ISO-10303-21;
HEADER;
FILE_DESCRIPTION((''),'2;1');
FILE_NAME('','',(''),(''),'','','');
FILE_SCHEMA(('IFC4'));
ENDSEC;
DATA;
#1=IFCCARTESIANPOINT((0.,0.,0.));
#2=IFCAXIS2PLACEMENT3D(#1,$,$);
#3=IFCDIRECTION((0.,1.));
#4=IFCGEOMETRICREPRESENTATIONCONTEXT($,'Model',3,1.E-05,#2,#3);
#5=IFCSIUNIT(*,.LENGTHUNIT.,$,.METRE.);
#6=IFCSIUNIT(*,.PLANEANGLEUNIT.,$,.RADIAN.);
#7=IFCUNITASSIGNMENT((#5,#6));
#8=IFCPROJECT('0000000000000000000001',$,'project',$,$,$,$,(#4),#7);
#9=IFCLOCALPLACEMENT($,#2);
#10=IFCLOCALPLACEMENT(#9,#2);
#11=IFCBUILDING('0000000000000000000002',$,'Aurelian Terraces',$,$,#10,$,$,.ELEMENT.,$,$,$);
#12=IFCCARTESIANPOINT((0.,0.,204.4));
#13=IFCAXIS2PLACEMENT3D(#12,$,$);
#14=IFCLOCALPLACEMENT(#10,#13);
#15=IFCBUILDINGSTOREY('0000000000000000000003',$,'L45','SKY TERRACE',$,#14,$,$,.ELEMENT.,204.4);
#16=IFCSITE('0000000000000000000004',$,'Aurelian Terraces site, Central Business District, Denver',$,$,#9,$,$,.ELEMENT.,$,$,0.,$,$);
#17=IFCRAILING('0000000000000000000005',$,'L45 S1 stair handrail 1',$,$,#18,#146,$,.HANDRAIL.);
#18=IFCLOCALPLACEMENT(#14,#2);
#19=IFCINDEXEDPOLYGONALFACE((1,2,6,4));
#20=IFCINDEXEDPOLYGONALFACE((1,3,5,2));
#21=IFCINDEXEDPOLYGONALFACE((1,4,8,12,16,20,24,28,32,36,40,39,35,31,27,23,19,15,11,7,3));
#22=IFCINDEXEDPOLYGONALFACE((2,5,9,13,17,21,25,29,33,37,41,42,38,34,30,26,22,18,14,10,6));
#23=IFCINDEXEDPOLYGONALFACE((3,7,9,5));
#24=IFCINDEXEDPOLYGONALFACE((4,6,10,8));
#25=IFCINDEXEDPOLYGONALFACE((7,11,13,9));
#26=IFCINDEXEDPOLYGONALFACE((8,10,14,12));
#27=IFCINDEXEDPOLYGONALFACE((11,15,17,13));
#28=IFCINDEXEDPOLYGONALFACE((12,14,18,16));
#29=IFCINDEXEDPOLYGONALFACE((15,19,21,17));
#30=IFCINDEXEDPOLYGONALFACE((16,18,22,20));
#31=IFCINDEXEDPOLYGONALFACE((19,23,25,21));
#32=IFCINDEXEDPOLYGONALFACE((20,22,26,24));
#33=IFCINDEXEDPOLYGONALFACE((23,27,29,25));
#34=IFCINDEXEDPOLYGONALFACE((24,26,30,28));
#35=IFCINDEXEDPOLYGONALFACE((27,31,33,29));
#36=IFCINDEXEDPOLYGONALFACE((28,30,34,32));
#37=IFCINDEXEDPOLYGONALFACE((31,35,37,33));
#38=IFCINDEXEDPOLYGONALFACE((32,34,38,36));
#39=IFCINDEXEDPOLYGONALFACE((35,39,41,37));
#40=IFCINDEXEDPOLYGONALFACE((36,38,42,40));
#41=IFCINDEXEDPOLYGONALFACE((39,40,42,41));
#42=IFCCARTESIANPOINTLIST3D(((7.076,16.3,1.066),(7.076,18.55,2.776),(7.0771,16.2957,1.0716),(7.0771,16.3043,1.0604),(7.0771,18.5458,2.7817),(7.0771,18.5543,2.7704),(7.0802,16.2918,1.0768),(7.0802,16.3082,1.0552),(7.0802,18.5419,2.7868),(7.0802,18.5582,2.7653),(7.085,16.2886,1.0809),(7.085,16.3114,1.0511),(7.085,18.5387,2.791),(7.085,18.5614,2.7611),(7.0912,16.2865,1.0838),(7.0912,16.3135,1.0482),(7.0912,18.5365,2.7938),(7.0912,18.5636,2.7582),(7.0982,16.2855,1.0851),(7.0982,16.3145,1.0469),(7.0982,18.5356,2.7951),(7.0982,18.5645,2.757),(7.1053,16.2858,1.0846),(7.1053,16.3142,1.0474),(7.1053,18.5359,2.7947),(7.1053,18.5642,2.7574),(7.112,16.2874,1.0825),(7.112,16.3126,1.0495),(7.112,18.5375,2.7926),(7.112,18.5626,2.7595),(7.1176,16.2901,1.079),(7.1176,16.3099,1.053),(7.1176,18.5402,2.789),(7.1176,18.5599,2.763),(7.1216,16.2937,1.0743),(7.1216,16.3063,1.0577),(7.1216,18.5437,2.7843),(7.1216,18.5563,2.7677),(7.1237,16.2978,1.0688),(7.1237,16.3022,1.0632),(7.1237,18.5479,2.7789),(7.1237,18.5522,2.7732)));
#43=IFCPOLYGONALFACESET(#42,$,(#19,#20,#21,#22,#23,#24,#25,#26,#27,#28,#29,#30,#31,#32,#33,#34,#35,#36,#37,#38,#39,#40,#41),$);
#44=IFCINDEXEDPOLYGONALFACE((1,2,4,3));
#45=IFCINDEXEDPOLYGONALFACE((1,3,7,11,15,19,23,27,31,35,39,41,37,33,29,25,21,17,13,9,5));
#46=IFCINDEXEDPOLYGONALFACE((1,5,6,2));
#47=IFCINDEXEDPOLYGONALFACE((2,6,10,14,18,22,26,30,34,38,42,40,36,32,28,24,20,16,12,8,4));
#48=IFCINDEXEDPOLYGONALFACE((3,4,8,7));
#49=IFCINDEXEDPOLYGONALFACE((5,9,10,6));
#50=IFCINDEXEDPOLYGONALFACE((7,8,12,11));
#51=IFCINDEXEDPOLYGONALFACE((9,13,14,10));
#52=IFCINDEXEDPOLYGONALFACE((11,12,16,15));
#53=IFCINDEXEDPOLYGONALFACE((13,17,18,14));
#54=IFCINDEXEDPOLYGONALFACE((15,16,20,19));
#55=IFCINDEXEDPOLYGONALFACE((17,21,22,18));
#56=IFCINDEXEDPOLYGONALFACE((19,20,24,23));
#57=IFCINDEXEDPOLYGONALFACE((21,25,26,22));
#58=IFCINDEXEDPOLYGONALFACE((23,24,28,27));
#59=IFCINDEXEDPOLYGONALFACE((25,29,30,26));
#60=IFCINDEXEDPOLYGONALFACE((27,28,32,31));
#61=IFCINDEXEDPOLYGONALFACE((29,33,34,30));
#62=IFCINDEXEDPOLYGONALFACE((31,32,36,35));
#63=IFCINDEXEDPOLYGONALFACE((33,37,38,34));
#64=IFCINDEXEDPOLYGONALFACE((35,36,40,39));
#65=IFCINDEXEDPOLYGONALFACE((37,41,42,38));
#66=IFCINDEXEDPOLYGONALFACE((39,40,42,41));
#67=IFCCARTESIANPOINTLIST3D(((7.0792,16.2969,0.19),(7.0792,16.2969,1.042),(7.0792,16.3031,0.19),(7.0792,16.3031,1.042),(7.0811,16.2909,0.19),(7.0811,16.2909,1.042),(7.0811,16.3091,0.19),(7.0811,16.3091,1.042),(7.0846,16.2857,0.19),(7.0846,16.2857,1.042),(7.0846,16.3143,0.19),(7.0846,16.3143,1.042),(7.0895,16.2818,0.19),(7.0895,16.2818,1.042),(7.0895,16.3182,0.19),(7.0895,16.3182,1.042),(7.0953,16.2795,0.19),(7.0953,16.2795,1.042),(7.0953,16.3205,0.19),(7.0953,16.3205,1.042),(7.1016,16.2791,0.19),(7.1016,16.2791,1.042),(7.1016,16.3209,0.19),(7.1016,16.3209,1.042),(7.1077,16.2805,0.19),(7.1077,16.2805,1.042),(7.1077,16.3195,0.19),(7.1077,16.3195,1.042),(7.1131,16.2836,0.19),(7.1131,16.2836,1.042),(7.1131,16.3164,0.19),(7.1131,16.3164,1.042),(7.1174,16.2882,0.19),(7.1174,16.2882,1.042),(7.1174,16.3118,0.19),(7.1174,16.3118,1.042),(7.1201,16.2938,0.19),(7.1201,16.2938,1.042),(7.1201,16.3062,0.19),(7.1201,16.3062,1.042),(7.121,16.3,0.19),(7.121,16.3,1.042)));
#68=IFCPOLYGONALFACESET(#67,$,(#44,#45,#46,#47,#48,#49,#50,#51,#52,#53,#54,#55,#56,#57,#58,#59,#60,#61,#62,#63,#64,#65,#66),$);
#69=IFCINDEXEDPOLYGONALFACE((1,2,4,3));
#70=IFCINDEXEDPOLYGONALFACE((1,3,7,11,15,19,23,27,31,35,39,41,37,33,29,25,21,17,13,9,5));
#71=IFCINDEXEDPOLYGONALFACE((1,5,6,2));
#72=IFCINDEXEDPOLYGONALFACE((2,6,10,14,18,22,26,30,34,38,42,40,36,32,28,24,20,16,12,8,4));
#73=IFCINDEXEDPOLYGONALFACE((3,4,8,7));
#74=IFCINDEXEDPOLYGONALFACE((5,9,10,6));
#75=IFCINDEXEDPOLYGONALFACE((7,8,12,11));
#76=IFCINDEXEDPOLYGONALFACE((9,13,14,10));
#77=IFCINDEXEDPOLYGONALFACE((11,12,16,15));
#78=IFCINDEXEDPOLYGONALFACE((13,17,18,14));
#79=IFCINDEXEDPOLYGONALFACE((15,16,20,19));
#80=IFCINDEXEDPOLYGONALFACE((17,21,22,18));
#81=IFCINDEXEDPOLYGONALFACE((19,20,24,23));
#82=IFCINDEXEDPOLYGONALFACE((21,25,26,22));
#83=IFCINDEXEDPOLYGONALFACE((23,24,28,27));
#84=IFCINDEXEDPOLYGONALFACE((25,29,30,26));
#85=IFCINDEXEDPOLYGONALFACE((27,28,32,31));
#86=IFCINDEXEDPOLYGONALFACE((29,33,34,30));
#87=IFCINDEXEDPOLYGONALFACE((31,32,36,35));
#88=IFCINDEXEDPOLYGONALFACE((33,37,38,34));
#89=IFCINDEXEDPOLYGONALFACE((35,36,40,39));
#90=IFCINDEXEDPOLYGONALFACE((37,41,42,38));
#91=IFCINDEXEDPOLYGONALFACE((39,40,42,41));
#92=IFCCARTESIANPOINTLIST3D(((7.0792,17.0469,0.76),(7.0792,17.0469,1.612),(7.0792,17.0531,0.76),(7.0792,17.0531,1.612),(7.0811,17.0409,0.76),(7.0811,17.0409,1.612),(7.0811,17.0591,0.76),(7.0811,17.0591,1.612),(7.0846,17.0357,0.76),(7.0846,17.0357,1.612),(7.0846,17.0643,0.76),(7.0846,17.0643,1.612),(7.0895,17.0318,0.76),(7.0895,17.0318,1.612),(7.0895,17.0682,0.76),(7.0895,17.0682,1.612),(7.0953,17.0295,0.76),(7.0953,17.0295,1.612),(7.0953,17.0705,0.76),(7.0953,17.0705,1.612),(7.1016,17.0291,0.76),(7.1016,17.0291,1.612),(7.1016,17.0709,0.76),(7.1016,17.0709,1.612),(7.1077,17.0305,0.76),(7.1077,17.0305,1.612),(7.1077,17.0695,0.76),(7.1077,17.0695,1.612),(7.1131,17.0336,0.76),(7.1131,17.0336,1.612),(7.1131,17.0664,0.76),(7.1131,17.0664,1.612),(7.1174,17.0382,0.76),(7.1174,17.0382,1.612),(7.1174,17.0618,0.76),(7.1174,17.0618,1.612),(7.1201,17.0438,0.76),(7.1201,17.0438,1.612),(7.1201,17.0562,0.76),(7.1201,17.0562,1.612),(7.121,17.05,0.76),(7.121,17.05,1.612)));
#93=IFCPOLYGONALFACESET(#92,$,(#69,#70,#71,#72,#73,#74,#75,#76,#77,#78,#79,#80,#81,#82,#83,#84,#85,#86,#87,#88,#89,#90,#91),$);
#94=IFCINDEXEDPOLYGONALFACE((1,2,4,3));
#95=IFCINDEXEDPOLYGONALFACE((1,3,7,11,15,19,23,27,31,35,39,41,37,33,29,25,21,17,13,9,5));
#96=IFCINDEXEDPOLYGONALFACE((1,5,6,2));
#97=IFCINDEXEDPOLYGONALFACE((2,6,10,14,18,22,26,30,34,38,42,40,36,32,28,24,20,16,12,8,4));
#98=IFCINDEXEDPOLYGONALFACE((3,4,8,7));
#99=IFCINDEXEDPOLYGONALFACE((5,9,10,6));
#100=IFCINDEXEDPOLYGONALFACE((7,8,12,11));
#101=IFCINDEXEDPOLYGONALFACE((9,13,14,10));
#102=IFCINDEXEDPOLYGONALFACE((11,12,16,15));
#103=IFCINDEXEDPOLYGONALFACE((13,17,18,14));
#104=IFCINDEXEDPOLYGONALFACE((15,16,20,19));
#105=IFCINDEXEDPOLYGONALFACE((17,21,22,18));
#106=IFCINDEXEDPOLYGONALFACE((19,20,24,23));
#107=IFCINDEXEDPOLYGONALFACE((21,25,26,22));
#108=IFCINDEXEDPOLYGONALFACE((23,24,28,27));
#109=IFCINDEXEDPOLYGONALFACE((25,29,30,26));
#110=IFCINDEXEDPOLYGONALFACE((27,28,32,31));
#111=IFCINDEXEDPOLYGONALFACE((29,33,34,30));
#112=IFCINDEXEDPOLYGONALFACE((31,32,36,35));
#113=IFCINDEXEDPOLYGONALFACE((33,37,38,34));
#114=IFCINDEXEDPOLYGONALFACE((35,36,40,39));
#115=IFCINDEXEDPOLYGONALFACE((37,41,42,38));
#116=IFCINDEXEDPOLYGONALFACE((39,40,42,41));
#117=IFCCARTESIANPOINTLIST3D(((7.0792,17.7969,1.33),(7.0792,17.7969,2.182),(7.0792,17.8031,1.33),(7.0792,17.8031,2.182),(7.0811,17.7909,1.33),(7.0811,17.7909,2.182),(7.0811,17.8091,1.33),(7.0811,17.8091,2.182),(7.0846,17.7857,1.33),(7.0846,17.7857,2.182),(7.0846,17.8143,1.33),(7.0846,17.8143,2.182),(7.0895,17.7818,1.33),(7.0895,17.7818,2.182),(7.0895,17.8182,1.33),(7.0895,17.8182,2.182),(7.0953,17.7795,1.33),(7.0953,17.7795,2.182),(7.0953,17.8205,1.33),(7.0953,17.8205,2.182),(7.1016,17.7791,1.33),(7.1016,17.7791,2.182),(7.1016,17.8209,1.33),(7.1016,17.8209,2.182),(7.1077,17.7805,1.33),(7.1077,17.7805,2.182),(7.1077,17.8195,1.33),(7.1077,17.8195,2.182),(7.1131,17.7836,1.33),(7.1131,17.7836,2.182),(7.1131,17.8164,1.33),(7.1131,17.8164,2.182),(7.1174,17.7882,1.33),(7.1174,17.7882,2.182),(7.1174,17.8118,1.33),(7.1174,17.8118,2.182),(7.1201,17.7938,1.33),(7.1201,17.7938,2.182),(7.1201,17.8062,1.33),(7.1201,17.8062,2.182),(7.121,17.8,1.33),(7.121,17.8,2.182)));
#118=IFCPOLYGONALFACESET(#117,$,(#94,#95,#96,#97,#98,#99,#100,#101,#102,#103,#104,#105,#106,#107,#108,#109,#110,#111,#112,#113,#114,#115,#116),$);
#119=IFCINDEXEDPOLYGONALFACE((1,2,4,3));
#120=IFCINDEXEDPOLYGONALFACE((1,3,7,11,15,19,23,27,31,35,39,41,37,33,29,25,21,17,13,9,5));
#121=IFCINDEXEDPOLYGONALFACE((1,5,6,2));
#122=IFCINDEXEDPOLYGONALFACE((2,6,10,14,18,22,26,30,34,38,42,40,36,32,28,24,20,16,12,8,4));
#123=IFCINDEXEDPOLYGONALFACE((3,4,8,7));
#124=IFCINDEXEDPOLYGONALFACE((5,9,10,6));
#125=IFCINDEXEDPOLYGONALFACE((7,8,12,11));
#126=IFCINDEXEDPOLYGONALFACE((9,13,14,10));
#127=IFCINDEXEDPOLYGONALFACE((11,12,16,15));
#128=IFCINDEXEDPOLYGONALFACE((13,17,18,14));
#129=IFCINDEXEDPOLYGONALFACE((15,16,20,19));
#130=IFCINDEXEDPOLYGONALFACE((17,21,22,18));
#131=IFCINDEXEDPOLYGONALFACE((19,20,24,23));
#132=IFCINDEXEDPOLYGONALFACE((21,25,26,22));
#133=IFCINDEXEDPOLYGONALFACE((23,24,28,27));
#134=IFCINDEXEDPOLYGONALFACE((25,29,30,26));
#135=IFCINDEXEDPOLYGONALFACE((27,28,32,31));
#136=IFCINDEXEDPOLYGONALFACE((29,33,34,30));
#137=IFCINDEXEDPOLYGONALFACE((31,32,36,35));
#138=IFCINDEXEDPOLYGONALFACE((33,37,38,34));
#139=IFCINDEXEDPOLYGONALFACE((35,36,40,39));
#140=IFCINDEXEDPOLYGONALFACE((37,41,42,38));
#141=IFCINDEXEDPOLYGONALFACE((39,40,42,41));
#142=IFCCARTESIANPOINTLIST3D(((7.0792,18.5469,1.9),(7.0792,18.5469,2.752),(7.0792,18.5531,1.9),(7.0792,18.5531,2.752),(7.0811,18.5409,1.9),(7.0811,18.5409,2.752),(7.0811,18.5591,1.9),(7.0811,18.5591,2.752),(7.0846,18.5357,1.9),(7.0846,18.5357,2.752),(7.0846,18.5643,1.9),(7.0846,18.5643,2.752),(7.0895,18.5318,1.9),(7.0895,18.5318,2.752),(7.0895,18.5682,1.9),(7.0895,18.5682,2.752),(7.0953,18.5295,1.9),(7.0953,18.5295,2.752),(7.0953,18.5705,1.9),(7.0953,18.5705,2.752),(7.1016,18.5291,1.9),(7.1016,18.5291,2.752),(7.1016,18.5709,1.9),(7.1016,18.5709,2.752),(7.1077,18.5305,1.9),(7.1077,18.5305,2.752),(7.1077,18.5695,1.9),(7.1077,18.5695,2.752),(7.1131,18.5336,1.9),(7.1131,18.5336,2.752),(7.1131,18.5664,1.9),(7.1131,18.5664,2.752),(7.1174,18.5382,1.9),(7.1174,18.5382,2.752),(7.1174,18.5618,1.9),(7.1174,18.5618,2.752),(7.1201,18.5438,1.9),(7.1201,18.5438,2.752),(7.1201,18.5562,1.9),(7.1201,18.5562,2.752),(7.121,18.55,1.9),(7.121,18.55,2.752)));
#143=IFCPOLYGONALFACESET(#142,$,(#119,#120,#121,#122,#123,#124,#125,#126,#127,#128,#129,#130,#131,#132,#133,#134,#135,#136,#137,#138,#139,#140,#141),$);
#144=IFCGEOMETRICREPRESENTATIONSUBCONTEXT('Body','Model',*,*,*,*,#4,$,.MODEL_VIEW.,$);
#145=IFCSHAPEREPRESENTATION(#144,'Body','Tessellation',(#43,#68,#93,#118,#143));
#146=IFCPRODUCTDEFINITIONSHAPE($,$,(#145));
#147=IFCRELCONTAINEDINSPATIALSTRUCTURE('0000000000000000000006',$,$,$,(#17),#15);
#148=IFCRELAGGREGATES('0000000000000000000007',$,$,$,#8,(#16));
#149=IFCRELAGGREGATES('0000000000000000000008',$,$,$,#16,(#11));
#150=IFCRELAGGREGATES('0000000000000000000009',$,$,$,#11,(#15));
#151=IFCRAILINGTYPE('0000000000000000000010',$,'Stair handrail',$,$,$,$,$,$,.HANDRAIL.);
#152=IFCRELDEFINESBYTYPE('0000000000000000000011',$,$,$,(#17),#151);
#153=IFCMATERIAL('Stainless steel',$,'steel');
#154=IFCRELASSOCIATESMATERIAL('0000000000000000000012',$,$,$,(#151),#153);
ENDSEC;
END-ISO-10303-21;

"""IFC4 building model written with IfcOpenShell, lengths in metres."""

from ifc_helpers import new_model, si_unit, direction, frame, origin, origin_2d, place, context, subcontext, project, spatial, circle, extrude, source, transform, mapped, material, type_object, element, save


model = new_model("IFC4")

# Units and contexts
model_context = context("Model", 3, precision=1e-05, world=origin(), true_north=direction((0.0, 1.0)))
body_context = subcontext(model_context, "Body", "Model", "MODEL_VIEW")
ifc_project = project(units=[si_unit("LENGTHUNIT", "METRE"), si_unit("PLANEANGLEUNIT", "RADIAN")], contexts=[model_context])

# Site, building, storey
site_placement = place(None, origin())
site = spatial("IfcSite", under=ifc_project, at=site_placement, Name="Aurelian Terraces site, Central Business District, Denver", CompositionType="ELEMENT", RefElevation=0.0)
building_placement = place(site_placement, origin())
building = spatial("IfcBuilding", under=site, at=building_placement, Name="Aurelian Terraces", CompositionType="ELEMENT")
storey_placement = place(building_placement, frame((0.0, 0.0, 204.4)))
storey = spatial("IfcBuildingStorey", under=building, at=storey_placement, Name="L45", Description="SKY TERRACE", CompositionType="ELEMENT", Elevation=204.4)

# Shared definitions
ifc_material_1 = material(Name="Stainless steel", Category="steel")

# Railing
railing_type = type_object("IfcRailingType", Name="Stair handrail", PredefinedType="HANDRAIL", material=ifc_material_1)
shared_shape_1 = source(origin(), body_context, "Body", "SweptSolid", [
    extrude(circle(Radius=0.024, at=origin_2d()), frame((0.0, 0.0, 0.876), z_axis=(0.0, 0.796162, 0.605083), x_axis=(-1.0, 0.0, 0.0)), (0.0, 0.0, 1.0), 2.8261),
    extrude(circle(Radius=0.021, at=origin_2d()), origin(), (0.0, 0.0, 1.0), 0.852),
    extrude(circle(Radius=0.021, at=origin_2d()), frame((0.0, 0.75, 0.57)), (0.0, 0.0, 1.0), 0.852),
    extrude(circle(Radius=0.021, at=origin_2d()), frame((0.0, 1.5, 1.14)), (0.0, 0.0, 1.0), 0.852),
    extrude(circle(Radius=0.021, at=origin_2d()), frame((0.0, 2.25, 1.71)), (0.0, 0.0, 1.0), 0.852),
])
railing_placement = place(storey_placement, frame((7.1, 16.3, 0.19)))
element("IfcRailing", 1, at=railing_placement, inside=storey, type_object=railing_type, Name="L45 S1 stair handrail 1", PredefinedType="HANDRAIL", context=body_context, shape_type="MappedRepresentation", body=[
    mapped(shared_shape_1, transform((0.0, 0.0, 0.0), scale=1.0)),
])

save(model, "model.ifc")
